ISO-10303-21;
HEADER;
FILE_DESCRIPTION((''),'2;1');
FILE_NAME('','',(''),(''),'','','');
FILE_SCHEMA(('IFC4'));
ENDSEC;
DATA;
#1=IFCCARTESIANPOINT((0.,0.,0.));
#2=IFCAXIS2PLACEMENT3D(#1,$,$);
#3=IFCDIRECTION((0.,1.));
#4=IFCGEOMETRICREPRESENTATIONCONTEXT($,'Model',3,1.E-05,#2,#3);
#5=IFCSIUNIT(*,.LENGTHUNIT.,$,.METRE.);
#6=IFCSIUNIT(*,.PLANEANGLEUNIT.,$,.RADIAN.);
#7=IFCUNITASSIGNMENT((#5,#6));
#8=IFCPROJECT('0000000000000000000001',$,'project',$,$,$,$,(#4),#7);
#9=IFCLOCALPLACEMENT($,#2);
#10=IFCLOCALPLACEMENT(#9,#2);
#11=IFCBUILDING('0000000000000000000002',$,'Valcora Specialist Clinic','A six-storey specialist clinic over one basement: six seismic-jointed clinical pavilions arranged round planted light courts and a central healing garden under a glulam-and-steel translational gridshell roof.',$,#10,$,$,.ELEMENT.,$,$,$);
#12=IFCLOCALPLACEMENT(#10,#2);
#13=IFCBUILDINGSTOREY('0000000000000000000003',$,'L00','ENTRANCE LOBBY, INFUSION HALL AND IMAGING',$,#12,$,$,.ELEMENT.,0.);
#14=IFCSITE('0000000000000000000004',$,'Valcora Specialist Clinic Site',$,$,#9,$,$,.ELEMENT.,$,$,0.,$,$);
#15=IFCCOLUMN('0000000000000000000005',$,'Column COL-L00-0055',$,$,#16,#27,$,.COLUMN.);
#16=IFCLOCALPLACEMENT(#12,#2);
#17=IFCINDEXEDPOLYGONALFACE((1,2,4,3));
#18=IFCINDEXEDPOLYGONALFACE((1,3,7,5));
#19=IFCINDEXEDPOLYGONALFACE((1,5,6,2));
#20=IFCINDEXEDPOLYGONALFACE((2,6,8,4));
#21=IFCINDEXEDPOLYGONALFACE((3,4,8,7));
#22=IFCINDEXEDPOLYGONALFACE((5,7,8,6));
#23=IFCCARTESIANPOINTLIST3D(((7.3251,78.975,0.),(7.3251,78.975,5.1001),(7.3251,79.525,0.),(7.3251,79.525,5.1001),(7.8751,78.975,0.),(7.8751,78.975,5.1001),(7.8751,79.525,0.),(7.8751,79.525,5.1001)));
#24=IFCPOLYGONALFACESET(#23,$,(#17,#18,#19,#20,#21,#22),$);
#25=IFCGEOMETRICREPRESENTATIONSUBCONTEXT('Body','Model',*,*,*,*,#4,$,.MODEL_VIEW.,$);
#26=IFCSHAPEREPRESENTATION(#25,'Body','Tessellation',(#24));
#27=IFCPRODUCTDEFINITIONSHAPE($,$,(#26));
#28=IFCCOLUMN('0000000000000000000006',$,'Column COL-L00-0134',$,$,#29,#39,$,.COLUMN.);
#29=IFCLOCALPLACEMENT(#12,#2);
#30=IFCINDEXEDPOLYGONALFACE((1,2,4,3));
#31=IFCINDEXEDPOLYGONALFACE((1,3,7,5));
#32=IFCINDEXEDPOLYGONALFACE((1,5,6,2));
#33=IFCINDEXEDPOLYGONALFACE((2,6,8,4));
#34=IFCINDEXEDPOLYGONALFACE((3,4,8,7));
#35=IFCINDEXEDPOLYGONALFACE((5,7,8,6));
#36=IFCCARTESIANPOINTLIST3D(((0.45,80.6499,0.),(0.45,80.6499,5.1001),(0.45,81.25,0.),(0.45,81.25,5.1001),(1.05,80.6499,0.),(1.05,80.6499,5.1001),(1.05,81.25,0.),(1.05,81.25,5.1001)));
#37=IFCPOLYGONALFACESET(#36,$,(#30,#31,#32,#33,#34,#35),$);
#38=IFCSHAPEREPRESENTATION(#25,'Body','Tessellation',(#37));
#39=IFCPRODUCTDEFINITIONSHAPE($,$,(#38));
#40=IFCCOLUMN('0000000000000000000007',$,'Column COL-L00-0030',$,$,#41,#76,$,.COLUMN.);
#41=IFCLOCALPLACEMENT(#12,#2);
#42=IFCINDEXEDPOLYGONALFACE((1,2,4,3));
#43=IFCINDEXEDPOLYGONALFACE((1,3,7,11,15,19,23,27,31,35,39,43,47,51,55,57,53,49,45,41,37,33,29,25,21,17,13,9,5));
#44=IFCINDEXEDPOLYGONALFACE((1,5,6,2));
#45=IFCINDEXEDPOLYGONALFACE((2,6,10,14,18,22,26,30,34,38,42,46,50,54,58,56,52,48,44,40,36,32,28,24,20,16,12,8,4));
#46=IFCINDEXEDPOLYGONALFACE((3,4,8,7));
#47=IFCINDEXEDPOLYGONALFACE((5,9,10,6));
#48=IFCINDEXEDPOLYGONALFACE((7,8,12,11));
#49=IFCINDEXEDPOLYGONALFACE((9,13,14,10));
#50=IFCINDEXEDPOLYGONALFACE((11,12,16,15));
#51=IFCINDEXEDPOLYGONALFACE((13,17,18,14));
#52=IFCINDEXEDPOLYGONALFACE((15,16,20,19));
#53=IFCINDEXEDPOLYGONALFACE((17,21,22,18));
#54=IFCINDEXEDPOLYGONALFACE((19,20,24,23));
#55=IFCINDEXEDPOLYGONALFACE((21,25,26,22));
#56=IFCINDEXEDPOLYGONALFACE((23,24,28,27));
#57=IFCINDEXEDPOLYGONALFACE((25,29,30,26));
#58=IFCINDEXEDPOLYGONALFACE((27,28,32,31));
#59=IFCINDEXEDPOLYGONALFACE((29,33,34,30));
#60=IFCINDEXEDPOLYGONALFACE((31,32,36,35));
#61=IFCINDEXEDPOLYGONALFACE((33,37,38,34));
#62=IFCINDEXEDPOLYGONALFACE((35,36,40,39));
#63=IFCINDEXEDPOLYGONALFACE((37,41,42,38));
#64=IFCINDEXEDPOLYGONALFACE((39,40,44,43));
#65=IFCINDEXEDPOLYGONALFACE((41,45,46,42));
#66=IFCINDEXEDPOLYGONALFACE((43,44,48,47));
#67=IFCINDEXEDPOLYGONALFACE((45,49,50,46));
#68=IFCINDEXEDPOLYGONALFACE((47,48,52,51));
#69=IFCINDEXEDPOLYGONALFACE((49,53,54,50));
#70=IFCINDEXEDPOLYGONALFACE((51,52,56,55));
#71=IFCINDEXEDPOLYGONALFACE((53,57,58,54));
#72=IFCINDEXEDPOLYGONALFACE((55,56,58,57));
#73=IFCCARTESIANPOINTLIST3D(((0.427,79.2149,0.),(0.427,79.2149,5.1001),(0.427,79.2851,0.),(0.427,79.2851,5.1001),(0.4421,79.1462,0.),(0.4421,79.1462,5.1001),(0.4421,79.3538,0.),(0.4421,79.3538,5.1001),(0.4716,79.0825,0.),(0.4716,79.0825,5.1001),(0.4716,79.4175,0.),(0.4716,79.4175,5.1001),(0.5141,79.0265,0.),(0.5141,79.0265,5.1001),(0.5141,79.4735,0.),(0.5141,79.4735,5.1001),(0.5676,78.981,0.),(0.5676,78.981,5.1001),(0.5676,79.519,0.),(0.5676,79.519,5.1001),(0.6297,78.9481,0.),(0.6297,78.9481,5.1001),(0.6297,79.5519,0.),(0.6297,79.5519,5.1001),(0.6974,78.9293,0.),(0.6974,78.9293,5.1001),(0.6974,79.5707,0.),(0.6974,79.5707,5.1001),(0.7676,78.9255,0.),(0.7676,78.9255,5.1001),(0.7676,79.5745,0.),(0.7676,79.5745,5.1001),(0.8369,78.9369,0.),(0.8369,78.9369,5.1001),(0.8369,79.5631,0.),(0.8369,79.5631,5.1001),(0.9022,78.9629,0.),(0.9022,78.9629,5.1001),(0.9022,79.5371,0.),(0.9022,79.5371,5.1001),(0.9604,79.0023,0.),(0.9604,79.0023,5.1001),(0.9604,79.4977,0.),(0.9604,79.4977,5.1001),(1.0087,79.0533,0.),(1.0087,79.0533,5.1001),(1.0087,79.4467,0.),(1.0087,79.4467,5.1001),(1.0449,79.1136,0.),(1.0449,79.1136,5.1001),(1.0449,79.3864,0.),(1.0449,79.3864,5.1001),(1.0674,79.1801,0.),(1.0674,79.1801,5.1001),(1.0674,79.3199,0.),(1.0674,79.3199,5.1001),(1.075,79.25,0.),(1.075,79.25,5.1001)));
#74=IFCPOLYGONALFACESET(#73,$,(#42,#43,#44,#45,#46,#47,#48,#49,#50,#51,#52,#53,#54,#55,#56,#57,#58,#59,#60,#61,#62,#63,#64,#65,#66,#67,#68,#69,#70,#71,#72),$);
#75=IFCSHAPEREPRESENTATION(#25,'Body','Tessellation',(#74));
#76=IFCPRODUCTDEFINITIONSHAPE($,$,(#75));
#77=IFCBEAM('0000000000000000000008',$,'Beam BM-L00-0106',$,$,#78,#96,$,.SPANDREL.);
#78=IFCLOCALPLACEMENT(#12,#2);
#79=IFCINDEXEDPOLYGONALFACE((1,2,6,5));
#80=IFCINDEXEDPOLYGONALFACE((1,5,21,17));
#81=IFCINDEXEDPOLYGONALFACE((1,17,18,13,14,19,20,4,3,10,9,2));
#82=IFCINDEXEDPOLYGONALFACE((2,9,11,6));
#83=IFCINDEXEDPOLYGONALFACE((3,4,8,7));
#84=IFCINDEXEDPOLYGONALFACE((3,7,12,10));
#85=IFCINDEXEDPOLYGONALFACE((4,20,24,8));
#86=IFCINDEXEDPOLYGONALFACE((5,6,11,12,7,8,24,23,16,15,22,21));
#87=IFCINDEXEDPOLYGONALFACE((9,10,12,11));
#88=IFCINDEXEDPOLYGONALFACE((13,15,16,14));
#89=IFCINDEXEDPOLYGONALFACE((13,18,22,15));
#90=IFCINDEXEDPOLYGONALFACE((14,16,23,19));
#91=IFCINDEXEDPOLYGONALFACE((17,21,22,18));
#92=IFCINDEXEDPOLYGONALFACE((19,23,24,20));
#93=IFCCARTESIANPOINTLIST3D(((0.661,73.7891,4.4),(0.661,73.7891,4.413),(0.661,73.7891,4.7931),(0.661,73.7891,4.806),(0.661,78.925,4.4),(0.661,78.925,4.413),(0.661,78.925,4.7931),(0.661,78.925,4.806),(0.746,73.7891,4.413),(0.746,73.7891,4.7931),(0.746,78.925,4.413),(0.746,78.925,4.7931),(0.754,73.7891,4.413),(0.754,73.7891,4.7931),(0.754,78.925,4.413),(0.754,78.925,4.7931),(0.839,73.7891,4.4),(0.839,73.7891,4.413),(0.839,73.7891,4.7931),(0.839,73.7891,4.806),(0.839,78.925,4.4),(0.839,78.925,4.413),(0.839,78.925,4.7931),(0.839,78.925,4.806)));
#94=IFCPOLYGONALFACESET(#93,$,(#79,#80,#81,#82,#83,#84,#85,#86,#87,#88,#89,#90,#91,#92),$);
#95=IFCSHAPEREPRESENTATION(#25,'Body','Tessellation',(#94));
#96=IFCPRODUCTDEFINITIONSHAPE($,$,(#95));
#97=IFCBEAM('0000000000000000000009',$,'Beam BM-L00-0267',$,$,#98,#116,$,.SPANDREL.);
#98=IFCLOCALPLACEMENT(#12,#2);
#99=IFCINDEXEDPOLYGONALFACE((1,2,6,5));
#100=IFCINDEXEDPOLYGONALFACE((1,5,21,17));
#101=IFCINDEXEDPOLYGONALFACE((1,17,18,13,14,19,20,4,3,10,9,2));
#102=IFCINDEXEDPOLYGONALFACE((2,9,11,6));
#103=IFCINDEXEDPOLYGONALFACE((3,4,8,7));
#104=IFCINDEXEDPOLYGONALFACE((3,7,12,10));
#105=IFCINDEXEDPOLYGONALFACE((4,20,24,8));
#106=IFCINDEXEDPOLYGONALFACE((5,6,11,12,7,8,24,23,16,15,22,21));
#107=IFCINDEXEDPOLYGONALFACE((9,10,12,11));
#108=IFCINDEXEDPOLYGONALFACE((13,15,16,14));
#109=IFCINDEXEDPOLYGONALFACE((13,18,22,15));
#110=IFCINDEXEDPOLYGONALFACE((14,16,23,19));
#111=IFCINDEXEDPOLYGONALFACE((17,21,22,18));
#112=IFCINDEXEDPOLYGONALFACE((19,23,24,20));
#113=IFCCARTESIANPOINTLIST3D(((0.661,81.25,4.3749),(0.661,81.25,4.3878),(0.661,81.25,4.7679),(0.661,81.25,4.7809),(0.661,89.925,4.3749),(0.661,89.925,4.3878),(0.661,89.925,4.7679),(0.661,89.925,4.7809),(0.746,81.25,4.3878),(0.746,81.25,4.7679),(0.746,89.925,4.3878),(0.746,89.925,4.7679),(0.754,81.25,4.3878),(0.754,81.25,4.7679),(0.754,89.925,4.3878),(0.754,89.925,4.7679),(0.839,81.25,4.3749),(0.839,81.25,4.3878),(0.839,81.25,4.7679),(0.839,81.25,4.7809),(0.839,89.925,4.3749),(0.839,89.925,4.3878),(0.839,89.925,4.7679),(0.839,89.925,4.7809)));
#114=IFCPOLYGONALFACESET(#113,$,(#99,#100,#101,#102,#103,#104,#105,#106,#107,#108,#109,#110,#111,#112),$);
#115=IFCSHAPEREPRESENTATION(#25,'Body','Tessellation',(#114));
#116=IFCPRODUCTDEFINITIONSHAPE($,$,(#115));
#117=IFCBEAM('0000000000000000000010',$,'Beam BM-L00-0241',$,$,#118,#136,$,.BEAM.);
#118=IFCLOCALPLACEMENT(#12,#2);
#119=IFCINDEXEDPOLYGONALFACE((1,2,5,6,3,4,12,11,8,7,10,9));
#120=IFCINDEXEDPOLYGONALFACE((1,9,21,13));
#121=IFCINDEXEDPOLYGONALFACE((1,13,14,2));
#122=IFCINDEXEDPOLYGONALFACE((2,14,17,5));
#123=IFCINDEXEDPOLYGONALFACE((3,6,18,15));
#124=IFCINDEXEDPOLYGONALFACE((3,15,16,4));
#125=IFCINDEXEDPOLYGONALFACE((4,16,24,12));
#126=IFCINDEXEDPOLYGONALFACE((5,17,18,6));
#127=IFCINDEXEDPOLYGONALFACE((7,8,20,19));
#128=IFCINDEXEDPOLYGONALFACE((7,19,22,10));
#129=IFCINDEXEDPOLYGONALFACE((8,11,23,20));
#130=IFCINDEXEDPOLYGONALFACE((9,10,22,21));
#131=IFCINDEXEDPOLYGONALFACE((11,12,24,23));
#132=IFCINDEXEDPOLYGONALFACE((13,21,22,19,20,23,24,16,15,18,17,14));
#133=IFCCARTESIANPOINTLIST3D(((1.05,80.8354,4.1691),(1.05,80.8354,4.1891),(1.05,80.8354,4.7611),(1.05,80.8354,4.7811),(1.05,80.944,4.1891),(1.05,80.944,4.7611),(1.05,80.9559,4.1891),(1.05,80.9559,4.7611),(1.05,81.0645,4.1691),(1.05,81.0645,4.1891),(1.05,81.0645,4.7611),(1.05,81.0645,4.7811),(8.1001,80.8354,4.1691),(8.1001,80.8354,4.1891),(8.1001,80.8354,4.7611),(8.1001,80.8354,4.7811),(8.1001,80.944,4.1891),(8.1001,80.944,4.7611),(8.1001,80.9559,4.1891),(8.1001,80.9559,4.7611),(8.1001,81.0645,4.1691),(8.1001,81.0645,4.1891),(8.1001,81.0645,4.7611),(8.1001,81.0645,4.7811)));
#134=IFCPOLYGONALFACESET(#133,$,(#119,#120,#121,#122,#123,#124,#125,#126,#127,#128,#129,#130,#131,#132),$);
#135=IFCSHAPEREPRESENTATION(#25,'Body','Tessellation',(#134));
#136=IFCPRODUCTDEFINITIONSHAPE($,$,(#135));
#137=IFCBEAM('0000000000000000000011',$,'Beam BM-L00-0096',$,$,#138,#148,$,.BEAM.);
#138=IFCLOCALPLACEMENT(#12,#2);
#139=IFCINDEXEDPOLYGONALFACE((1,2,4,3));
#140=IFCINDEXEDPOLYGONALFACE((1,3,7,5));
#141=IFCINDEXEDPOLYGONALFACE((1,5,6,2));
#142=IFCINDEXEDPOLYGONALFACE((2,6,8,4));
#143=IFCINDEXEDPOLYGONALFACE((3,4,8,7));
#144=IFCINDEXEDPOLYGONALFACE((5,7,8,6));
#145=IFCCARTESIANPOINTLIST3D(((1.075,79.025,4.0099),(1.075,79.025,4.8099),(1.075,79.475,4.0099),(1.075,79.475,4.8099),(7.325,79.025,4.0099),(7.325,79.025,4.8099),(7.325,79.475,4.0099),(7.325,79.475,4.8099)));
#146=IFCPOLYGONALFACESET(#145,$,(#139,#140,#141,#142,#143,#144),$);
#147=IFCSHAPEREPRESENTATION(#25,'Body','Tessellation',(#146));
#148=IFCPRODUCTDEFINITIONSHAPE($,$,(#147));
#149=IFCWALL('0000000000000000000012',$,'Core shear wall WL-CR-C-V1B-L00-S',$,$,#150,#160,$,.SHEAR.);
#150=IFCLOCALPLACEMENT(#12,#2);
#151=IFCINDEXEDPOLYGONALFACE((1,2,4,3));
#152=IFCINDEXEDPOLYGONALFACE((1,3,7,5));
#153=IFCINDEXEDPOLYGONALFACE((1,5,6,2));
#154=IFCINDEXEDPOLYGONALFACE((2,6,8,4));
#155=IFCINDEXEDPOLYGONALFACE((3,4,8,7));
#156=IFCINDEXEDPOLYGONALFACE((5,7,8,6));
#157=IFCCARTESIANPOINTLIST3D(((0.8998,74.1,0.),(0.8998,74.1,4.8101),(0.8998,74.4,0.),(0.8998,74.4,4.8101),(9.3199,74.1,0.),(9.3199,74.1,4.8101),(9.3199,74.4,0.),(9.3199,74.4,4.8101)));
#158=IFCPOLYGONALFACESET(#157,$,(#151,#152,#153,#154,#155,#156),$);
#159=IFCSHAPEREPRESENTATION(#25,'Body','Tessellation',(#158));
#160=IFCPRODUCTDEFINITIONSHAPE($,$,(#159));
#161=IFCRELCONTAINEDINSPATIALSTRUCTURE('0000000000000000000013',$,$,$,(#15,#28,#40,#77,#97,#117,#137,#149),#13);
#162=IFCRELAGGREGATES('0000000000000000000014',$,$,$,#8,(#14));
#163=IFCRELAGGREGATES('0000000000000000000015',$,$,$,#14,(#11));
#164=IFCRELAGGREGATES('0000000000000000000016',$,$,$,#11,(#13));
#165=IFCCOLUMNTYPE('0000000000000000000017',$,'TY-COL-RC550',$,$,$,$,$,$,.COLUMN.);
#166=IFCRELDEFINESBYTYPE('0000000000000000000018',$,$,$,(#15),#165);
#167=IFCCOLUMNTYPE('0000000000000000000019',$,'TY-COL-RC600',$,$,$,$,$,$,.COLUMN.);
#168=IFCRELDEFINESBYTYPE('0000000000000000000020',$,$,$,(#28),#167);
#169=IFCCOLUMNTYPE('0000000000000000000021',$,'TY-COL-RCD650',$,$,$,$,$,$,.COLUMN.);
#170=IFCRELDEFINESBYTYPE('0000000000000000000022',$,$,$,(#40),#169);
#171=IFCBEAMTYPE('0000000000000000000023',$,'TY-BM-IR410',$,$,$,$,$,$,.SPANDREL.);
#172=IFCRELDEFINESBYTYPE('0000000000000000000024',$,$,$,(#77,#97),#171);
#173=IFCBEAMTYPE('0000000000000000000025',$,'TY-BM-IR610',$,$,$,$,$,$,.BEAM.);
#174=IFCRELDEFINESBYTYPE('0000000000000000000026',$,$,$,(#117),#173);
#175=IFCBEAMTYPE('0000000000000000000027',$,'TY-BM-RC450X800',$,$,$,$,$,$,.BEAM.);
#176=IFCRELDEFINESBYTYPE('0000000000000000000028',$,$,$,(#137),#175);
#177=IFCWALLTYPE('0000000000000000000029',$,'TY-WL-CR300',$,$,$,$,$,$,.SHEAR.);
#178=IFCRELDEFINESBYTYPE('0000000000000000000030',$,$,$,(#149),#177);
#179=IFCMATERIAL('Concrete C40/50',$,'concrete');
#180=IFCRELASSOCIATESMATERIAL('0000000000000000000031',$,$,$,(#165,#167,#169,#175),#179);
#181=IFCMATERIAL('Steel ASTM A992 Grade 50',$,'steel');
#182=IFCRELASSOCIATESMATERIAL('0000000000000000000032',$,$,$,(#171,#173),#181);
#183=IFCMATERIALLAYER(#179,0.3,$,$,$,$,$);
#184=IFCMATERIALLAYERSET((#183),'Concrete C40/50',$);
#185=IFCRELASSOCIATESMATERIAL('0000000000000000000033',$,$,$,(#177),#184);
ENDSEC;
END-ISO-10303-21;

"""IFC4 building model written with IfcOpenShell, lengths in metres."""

from ifc_helpers import new_model, si_unit, direction, frame, frame_2d, origin, origin_2d, place, context, subcontext, project, spatial, rectangle, circle, i_section, extrude, material, layer, layer_set, material_profile, profile_set, type_object, element, save


model = new_model("IFC4")

# Units and contexts
model_context = context("Model", 3, precision=1e-05, world=origin(), true_north=direction((0.0, 1.0)))
body_context = subcontext(model_context, "Body", "Model", "MODEL_VIEW")
ifc_project = project(units=[si_unit("LENGTHUNIT", "METRE"), si_unit("PLANEANGLEUNIT", "RADIAN")], contexts=[model_context])

# Site, building, storey
site_placement = place(None, origin())
site = spatial("IfcSite", under=ifc_project, at=site_placement, Name="Valcora Specialist Clinic Site", CompositionType="ELEMENT", RefElevation=0.0)
building_placement = place(site_placement, origin())
building = spatial("IfcBuilding", under=site, at=building_placement, Name="Valcora Specialist Clinic", Description="A six-storey specialist clinic over one basement: six seismic-jointed clinical pavilions arranged round planted light courts and a central healing garden under a glulam-and-steel translational gridshell roof.", CompositionType="ELEMENT")
storey_placement = place(building_placement, origin())
storey = spatial("IfcBuildingStorey", under=building, at=storey_placement, Name="L00", Description="ENTRANCE LOBBY, INFUSION HALL AND IMAGING", CompositionType="ELEMENT", Elevation=0.0)

# Columns
ifc_material_1 = material(Name="Concrete C40/50", Category="concrete")
ifc_material_profile_1 = material_profile(ifc_material_1, rectangle(XDim=0.55, YDim=0.55, at=origin_2d()), Name="RC-COL-550X550")
ifc_profile_set_1 = profile_set([ifc_material_profile_1], Name="Concrete C40/50")
column_type_1 = type_object("IfcColumnType", Name="TY-COL-RC550", PredefinedType="COLUMN", material=ifc_profile_set_1)
column_1_placement = place(storey_placement, frame((7.6001, 79.25, 0.0), z_axis=(0.0, 0.0, 1.0), x_axis=(1.0, 0.0, 0.0)))
element("IfcColumn", 1, at=column_1_placement, inside=storey, type_object=column_type_1, Name="Column COL-L00-0055", PredefinedType="COLUMN", context=body_context, shape_type="SweptSolid", body=[
    extrude(rectangle(XDim=0.55, YDim=0.55, at=origin_2d()), origin(), (0.0, 0.0, 1.0), 5.1001),
])
ifc_material_profile_2 = material_profile(ifc_material_1, rectangle(XDim=0.6001, YDim=0.6001, at=origin_2d()), Name="RC-COL-600X600")
ifc_profile_set_2 = profile_set([ifc_material_profile_2], Name="Concrete C40/50")
column_type_2 = type_object("IfcColumnType", Name="TY-COL-RC600", PredefinedType="COLUMN", material=ifc_profile_set_2)
column_2_placement = place(storey_placement, frame((0.75, 80.95, 0.0), z_axis=(0.0, 0.0, 1.0), x_axis=(1.0, 0.0, 0.0)))
element("IfcColumn", 2, at=column_2_placement, inside=storey, type_object=column_type_2, Name="Column COL-L00-0134", PredefinedType="COLUMN", context=body_context, shape_type="SweptSolid", body=[
    extrude(rectangle(XDim=0.6001, YDim=0.6001, at=origin_2d()), origin(), (0.0, 0.0, 1.0), 5.1001),
])
ifc_material_profile_3 = material_profile(ifc_material_1, circle(Radius=0.325, at=origin_2d()), Name="RC-COL-D650")
ifc_profile_set_3 = profile_set([ifc_material_profile_3], Name="Concrete C40/50")
column_type_3 = type_object("IfcColumnType", Name="TY-COL-RCD650", PredefinedType="COLUMN", material=ifc_profile_set_3)
column_3_placement = place(storey_placement, frame((0.75, 79.25, 0.0), z_axis=(0.0, 0.0, 1.0), x_axis=(1.0, 0.0, 0.0)))
element("IfcColumn", 3, at=column_3_placement, inside=storey, type_object=column_type_3, Name="Column COL-L00-0030", PredefinedType="COLUMN", context=body_context, shape_type="SweptSolid", body=[
    extrude(circle(Radius=0.325, at=origin_2d()), origin(), (0.0, 0.0, 1.0), 5.1001),
])

# Beams
ifc_material_2 = material(Name="Steel ASTM A992 Grade 50", Category="steel")
ifc_material_profile_4 = material_profile(ifc_material_2, i_section(OverallWidth=0.178, OverallDepth=0.406, WebThickness=0.0081, FlangeThickness=0.0129, at=origin_2d()), Name="ST-IR-410X180")
ifc_profile_set_4 = profile_set([ifc_material_profile_4], Name="Steel ASTM A992 Grade 50")
beam_type_1 = type_object("IfcBeamType", Name="TY-BM-IR410", PredefinedType="SPANDREL", material=ifc_profile_set_4)
beam_1_placement = place(storey_placement, frame((0.75, 73.7891, 4.603), z_axis=(0.0, 1.0, 0.0), x_axis=(-1.0, 0.0, 0.0)))
element("IfcBeam", 4, at=beam_1_placement, inside=storey, type_object=beam_type_1, Name="Beam BM-L00-0106", PredefinedType="SPANDREL", context=body_context, shape_type="SweptSolid", body=[
    extrude(i_section(OverallWidth=0.178, OverallDepth=0.406, WebThickness=0.0081, FlangeThickness=0.0129, at=origin_2d()), origin(), (0.0, 0.0, 1.0), 5.136),
])
beam_2_placement = place(storey_placement, frame((0.75, 81.25, 4.5779), z_axis=(0.0, 1.0, 0.0), x_axis=(-1.0, 0.0, 0.0)))
element("IfcBeam", 5, at=beam_2_placement, inside=storey, type_object=beam_type_1, Name="Beam BM-L00-0267", PredefinedType="SPANDREL", context=body_context, shape_type="SweptSolid", body=[
    extrude(i_section(OverallWidth=0.178, OverallDepth=0.406, WebThickness=0.0081, FlangeThickness=0.0129, at=origin_2d()), origin(), (0.0, 0.0, 1.0), 8.675),
])
ifc_material_profile_5 = material_profile(ifc_material_2, i_section(OverallWidth=0.229, OverallDepth=0.6121, WebThickness=0.012, FlangeThickness=0.02, at=origin_2d()), Name="ST-IR-610X229")
ifc_profile_set_5 = profile_set([ifc_material_profile_5], Name="Steel ASTM A992 Grade 50")
beam_type_2 = type_object("IfcBeamType", Name="TY-BM-IR610", PredefinedType="BEAM", material=ifc_profile_set_5)
beam_3_placement = place(storey_placement, frame((1.05, 80.95, 4.4751), z_axis=(1.0, 0.0, 0.0), x_axis=(0.0, 1.0, 0.0)))
element("IfcBeam", 6, at=beam_3_placement, inside=storey, type_object=beam_type_2, Name="Beam BM-L00-0241", PredefinedType="BEAM", context=body_context, shape_type="SweptSolid", body=[
    extrude(i_section(OverallWidth=0.229, OverallDepth=0.6121, WebThickness=0.012, FlangeThickness=0.02, at=origin_2d()), origin(), (0.0, 0.0, 1.0), 7.05),
])
ifc_material_profile_6 = material_profile(ifc_material_1, rectangle(XDim=0.45, YDim=0.8, at=origin_2d()), Name="RC-BM-450X800")
ifc_profile_set_6 = profile_set([ifc_material_profile_6], Name="Concrete C40/50")
beam_type_3 = type_object("IfcBeamType", Name="TY-BM-RC450X800", PredefinedType="BEAM", material=ifc_profile_set_6)
beam_4_placement = place(storey_placement, frame((1.075, 79.25, 4.4099), z_axis=(1.0, 0.0, 0.0), x_axis=(0.0, 1.0, 0.0)))
element("IfcBeam", 7, at=beam_4_placement, inside=storey, type_object=beam_type_3, Name="Beam BM-L00-0096", PredefinedType="BEAM", context=body_context, shape_type="SweptSolid", body=[
    extrude(rectangle(XDim=0.45, YDim=0.8, at=origin_2d()), origin(), (0.0, 0.0, 1.0), 6.25),
])

# Wall
ifc_layer_1 = layer(ifc_material_1, 0.3)
ifc_layer_set_1 = layer_set([ifc_layer_1], Name="Concrete C40/50")
wall_type_1 = type_object("IfcWallType", Name="TY-WL-CR300", PredefinedType="SHEAR", material=ifc_layer_set_1)
wall_1_placement = place(storey_placement, frame((0.8999, 74.25, 0.0), z_axis=(0.0, 0.0, 1.0), x_axis=(1.0, 0.0, 0.0)))
element("IfcWall", 8, at=wall_1_placement, inside=storey, type_object=wall_type_1, Name="Core shear wall WL-CR-C-V1B-L00-S", PredefinedType="SHEAR", context=body_context, shape_type="SweptSolid", body=[
    extrude(rectangle(XDim=8.4202, YDim=0.3, at=frame_2d((4.21, 0.0))), origin(), (0.0, 0.0, 1.0), 4.8101),
])

save(model, "model.ifc")
